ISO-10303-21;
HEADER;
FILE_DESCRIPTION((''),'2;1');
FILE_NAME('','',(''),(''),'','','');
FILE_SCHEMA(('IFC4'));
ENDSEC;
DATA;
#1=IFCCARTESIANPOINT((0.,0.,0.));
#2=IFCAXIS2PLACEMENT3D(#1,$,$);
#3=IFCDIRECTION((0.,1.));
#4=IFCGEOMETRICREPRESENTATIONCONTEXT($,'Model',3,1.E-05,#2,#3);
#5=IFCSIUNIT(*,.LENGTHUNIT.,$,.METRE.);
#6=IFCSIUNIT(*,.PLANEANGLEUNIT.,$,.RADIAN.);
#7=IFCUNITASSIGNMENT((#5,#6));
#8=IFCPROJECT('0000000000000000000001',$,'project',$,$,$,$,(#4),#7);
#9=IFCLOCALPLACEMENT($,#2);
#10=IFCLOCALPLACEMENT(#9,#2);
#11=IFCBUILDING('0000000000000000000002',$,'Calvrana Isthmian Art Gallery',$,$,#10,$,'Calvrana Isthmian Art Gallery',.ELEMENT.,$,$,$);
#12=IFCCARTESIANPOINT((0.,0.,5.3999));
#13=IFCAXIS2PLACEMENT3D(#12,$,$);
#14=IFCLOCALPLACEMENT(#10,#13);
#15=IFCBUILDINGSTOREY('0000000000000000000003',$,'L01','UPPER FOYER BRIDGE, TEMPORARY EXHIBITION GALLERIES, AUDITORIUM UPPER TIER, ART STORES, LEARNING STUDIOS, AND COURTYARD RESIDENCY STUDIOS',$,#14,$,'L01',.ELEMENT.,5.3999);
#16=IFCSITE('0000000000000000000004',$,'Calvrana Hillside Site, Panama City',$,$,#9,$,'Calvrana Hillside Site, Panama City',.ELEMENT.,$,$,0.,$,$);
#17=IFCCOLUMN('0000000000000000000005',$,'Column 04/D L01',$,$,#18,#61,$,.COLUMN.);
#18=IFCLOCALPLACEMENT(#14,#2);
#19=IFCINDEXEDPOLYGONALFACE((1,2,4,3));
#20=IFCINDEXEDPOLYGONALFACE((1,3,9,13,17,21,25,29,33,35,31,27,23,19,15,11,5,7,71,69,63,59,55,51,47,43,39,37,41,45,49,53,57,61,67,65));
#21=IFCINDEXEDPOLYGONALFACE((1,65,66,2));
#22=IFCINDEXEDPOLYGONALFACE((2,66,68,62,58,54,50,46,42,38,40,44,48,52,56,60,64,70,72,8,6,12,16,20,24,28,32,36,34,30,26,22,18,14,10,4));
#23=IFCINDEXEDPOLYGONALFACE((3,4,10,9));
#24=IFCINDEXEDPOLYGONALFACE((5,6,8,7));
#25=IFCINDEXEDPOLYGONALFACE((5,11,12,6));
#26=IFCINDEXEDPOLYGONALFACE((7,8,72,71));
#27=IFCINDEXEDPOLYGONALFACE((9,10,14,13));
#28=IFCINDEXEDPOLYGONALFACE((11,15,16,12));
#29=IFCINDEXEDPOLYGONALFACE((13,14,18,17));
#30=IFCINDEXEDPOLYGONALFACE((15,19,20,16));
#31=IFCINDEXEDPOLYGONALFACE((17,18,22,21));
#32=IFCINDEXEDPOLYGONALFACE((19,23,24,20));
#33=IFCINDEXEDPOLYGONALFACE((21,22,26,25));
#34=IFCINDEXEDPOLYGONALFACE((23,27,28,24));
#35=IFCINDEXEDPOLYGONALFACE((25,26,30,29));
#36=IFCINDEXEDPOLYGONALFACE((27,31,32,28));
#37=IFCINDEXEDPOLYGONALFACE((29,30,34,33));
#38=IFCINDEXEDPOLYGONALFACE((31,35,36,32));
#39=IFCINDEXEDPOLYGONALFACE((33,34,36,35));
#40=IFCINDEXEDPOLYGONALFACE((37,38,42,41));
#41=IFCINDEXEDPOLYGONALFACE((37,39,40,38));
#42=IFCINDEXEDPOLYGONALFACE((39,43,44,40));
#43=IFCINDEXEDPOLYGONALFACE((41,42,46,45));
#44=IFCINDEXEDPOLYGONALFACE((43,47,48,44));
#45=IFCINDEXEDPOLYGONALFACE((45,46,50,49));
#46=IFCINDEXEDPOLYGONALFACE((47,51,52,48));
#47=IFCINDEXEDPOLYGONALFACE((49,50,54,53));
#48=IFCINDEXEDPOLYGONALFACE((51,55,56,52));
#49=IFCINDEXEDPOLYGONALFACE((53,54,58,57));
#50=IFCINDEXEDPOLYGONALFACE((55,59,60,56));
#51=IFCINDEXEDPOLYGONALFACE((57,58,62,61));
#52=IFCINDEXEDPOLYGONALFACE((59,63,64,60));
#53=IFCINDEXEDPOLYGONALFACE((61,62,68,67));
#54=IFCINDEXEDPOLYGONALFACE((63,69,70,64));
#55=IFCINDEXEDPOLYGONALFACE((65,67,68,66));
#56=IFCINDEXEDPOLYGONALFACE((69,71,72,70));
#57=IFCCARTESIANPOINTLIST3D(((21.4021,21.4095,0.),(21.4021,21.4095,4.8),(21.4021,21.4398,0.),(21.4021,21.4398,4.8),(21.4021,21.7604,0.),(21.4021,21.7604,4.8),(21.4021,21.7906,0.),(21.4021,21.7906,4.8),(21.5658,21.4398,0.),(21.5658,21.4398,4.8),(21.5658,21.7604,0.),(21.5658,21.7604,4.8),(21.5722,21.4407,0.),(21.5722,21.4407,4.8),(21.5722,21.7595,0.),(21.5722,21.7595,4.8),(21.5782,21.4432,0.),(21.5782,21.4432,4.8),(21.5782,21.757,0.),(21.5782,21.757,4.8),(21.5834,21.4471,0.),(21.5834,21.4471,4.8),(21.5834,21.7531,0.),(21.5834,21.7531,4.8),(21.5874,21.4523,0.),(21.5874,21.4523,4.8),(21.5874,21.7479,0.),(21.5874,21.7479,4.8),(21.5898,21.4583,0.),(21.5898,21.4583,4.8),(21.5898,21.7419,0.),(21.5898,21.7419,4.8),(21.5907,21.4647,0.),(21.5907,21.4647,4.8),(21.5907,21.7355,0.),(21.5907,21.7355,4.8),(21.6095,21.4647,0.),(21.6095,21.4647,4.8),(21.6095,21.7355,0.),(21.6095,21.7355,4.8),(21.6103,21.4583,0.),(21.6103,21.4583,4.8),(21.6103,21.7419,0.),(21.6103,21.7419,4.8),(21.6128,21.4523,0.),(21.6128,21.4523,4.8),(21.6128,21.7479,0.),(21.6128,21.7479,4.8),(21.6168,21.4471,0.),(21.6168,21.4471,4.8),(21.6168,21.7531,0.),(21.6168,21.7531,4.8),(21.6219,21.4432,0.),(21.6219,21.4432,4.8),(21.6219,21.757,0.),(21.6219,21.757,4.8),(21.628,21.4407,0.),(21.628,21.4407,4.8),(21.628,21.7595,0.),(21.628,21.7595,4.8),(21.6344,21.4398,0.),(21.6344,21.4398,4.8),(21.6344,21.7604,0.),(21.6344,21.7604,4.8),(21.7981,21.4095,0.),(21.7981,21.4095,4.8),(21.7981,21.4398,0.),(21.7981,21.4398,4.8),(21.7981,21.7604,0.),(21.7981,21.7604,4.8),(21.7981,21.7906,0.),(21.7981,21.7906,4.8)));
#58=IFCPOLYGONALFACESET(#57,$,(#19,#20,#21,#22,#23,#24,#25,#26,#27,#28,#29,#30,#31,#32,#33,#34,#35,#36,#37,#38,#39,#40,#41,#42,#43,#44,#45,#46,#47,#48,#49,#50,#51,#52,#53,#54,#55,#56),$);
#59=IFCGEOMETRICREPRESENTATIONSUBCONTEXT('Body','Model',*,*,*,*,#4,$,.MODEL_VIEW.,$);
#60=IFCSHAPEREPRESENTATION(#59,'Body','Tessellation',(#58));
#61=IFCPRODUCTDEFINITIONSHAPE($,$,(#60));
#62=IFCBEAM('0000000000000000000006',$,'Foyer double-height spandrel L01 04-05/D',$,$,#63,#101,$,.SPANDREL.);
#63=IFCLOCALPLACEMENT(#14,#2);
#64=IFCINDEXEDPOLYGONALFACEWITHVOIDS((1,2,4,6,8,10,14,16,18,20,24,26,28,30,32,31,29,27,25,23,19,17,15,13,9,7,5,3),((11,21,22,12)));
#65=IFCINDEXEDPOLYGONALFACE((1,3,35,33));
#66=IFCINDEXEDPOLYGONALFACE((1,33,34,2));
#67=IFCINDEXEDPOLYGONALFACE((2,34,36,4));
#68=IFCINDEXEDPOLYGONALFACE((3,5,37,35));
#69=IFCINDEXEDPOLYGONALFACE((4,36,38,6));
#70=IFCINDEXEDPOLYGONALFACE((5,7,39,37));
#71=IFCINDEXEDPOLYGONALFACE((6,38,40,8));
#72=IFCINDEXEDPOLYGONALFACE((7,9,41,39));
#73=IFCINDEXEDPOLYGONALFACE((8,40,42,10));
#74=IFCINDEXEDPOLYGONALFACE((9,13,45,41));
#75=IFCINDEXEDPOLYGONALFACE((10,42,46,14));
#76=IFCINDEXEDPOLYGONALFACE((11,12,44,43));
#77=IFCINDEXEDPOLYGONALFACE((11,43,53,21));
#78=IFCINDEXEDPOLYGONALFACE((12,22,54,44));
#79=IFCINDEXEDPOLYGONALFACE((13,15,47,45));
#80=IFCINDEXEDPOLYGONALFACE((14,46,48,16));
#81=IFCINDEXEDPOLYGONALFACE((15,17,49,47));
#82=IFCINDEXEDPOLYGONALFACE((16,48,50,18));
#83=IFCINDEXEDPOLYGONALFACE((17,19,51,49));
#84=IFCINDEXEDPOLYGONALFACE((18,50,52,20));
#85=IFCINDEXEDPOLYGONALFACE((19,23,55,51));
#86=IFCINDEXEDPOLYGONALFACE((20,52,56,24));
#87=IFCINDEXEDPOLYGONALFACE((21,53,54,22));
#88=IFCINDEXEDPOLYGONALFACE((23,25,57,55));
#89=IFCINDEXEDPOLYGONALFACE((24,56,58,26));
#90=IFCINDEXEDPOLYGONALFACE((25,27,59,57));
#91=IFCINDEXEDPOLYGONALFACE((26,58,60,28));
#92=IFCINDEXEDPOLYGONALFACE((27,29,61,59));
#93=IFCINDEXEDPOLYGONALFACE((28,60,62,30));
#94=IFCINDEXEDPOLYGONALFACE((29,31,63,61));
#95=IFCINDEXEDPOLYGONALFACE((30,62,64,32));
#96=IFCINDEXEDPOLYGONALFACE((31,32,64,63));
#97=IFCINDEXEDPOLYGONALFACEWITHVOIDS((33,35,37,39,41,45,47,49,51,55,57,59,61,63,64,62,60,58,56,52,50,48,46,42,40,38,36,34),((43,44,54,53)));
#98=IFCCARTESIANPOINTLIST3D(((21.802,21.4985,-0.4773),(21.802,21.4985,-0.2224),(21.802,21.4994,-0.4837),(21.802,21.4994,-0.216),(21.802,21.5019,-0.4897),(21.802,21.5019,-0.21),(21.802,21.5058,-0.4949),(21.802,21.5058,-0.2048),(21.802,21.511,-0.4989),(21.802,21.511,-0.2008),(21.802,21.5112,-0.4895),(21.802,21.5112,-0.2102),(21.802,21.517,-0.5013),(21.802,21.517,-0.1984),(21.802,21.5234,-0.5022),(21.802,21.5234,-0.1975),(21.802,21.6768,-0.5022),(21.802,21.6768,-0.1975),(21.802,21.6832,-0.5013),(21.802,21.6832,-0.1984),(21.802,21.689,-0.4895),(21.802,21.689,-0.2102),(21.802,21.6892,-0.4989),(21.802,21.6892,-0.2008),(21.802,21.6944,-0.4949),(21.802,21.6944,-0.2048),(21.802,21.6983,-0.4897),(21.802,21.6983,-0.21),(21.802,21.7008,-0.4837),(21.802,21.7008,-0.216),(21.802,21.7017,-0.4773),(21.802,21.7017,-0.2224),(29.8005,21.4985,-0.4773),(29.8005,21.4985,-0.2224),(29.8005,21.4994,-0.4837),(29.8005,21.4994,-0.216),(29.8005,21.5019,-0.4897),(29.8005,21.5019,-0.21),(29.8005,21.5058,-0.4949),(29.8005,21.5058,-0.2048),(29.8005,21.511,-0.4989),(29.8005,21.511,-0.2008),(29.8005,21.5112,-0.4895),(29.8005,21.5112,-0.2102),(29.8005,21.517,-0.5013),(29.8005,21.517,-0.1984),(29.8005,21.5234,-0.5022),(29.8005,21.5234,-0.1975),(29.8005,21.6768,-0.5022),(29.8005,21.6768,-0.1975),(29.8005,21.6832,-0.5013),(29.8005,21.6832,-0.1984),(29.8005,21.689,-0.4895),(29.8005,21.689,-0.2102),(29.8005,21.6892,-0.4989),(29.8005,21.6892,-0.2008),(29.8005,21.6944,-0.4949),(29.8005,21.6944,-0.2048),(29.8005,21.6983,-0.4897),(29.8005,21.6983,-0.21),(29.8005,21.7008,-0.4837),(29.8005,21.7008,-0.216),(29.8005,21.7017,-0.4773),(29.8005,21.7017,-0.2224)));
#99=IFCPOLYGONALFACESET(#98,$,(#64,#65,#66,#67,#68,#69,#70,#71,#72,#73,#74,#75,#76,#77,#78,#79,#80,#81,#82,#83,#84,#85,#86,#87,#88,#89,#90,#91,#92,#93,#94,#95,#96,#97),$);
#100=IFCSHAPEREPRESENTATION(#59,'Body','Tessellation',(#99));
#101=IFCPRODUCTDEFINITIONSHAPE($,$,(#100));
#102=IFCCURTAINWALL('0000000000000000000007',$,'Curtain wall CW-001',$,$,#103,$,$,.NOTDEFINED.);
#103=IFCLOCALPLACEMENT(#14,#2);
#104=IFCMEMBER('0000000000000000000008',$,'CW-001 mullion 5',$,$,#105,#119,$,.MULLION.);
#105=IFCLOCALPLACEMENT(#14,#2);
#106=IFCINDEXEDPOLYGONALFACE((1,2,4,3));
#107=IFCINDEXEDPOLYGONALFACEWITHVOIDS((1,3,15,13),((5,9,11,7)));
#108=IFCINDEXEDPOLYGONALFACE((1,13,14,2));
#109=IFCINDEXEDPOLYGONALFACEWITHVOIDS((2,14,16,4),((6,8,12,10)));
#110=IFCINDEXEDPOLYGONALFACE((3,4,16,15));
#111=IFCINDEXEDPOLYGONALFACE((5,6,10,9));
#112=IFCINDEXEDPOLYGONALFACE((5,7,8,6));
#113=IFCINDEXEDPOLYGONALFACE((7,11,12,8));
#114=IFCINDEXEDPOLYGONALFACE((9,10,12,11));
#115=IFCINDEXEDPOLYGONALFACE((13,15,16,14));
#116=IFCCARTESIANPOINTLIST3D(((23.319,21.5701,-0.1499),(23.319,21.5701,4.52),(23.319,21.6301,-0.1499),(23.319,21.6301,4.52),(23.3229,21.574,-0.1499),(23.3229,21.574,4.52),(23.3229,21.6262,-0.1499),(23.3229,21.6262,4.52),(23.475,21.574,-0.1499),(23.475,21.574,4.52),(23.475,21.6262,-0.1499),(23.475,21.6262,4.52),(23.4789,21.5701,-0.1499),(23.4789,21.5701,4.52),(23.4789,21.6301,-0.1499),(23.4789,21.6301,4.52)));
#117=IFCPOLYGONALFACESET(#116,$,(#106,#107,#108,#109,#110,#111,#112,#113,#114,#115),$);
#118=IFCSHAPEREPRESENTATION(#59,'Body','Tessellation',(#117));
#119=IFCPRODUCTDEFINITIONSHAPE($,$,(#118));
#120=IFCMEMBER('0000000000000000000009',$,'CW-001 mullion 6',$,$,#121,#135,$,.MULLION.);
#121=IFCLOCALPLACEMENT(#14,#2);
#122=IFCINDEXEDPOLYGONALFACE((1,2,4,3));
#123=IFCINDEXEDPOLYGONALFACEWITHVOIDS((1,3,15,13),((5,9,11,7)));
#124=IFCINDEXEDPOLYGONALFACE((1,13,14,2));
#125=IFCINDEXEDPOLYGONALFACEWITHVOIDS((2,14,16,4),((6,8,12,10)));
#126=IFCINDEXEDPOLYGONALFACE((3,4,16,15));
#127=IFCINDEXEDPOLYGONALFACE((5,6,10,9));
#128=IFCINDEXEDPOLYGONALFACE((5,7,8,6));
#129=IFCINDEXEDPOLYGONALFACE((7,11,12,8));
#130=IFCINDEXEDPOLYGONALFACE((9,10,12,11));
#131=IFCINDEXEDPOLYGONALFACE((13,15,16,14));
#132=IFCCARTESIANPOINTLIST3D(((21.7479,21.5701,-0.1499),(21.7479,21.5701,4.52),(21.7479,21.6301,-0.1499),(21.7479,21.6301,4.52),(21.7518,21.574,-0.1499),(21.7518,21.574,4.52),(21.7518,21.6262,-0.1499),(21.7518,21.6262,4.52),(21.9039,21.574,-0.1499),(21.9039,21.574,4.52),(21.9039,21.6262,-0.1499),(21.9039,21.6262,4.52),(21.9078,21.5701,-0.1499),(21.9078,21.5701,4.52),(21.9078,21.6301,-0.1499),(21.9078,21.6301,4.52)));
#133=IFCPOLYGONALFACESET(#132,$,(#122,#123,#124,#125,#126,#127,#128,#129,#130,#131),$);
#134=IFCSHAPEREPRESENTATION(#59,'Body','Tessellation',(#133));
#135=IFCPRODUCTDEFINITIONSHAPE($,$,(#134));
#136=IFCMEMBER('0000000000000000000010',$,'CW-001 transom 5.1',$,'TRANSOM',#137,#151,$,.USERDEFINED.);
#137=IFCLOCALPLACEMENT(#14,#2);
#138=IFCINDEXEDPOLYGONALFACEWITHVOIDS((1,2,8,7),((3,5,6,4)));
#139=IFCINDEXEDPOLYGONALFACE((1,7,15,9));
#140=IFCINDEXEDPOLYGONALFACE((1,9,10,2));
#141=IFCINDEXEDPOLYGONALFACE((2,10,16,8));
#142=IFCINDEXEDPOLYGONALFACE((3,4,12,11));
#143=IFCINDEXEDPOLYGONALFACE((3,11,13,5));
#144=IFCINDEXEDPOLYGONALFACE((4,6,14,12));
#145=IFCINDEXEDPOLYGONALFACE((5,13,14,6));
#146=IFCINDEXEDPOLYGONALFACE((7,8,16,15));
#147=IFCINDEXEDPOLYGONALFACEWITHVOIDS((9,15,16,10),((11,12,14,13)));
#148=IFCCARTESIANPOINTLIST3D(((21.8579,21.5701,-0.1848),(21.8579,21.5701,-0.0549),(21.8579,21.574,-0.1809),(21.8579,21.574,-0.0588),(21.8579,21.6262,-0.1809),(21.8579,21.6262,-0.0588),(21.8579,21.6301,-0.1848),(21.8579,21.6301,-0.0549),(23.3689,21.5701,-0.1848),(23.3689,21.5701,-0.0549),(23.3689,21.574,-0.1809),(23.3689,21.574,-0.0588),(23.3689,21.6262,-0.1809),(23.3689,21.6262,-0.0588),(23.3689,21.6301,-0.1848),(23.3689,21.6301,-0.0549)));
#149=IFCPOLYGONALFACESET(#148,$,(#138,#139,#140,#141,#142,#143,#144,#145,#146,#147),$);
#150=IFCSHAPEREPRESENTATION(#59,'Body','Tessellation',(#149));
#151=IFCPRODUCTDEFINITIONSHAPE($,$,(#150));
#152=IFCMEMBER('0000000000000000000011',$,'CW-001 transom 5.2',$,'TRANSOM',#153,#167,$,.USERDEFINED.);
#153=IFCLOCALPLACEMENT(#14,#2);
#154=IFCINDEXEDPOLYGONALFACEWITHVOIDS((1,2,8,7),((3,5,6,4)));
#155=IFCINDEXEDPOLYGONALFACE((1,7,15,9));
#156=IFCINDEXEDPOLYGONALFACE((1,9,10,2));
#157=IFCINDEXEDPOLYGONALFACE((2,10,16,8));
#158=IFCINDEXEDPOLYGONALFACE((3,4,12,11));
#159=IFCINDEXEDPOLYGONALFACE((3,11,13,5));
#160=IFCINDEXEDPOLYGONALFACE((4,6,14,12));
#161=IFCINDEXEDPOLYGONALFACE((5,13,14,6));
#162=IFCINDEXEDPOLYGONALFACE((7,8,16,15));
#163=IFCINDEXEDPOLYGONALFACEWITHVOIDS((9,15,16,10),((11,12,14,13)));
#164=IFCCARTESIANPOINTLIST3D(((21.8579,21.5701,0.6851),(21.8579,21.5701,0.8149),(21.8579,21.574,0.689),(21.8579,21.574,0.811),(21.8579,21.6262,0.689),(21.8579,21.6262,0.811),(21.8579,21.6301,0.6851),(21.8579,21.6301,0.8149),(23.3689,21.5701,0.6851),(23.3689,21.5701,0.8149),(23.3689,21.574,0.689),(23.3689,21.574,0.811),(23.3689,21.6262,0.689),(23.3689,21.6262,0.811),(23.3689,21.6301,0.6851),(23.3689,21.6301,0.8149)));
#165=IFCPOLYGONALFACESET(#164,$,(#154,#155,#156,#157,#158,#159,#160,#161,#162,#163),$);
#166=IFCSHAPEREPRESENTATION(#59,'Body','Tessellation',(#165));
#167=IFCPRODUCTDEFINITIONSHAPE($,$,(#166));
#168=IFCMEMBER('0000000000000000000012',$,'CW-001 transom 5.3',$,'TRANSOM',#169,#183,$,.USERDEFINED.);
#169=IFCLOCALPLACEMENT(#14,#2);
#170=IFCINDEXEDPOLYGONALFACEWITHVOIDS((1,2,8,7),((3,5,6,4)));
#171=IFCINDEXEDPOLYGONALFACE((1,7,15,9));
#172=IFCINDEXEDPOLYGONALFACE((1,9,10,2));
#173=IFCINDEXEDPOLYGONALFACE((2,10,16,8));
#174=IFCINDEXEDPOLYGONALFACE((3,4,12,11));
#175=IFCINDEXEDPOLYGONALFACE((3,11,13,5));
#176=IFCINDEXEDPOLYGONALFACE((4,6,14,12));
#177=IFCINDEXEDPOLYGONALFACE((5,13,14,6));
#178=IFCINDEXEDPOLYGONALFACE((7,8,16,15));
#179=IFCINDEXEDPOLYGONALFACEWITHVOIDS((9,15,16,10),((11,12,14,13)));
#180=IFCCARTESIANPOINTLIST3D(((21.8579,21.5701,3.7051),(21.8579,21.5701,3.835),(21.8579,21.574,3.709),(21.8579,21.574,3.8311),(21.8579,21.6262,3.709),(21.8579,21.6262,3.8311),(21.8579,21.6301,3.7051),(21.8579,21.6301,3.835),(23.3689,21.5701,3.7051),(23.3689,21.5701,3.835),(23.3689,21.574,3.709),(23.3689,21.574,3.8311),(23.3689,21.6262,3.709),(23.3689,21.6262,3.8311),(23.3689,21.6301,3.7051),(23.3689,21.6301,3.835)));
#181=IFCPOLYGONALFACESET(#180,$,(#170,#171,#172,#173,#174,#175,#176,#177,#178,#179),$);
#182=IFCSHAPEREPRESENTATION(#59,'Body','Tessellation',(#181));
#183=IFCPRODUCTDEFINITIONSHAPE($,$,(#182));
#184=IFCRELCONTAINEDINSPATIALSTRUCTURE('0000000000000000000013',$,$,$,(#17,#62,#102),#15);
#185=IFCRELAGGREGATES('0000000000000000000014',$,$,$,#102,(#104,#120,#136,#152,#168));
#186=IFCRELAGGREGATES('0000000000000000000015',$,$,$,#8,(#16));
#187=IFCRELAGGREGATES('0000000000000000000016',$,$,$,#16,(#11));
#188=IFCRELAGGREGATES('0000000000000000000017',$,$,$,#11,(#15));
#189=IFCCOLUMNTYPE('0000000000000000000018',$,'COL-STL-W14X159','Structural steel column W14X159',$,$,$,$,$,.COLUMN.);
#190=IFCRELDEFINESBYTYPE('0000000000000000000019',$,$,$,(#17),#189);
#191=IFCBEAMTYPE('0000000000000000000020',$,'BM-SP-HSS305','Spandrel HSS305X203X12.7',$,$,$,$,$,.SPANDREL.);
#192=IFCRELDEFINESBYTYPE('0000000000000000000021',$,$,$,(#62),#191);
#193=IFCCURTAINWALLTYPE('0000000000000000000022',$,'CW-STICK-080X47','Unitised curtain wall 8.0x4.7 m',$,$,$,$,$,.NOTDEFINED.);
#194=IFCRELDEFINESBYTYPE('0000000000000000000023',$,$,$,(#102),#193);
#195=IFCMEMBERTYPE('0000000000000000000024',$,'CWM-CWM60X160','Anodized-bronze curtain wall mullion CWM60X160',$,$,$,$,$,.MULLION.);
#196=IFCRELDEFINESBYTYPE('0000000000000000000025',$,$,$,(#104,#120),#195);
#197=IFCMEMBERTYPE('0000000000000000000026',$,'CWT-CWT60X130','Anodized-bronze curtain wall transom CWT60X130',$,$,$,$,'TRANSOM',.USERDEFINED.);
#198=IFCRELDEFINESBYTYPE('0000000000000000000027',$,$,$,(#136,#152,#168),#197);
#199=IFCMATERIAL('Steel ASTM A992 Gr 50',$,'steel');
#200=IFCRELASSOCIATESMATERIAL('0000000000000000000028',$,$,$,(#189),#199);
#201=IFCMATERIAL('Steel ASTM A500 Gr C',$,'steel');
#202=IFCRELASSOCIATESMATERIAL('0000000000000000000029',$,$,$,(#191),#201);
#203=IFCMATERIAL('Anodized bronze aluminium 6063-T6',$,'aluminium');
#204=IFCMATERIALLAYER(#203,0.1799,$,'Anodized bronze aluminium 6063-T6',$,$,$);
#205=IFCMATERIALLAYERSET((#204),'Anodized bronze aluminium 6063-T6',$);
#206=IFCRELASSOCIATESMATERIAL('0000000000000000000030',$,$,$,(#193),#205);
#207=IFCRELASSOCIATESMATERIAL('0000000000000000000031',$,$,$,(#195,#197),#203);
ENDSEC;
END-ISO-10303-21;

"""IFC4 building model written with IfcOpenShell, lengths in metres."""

from ifc_helpers import new_model, si_unit, direction, frame, origin, origin_2d, place, context, subcontext, project, spatial, hollow_rectangle, i_section, extrude, material, layer, layer_set, material_profile, profile_set, type_object, element, aggregate, save


model = new_model("IFC4")

# Units and contexts
model_context = context("Model", 3, precision=1e-05, world=origin(), true_north=direction((0.0, 1.0)))
body_context = subcontext(model_context, "Body", "Model", "MODEL_VIEW")
ifc_project = project(units=[si_unit("LENGTHUNIT", "METRE"), si_unit("PLANEANGLEUNIT", "RADIAN")], contexts=[model_context])

# Site, building, storey
site_placement = place(None, origin())
site = spatial("IfcSite", under=ifc_project, at=site_placement, Name="Calvrana Hillside Site, Panama City", LongName="Calvrana Hillside Site, Panama City", CompositionType="ELEMENT", RefElevation=0.0)
building_placement = place(site_placement, origin())
building = spatial("IfcBuilding", under=site, at=building_placement, Name="Calvrana Isthmian Art Gallery", LongName="Calvrana Isthmian Art Gallery", CompositionType="ELEMENT")
storey_placement = place(building_placement, frame((0.0, 0.0, 5.3999)))
storey = spatial("IfcBuildingStorey", under=building, at=storey_placement, Name="L01", Description="UPPER FOYER BRIDGE, TEMPORARY EXHIBITION GALLERIES, AUDITORIUM UPPER TIER, ART STORES, LEARNING STUDIOS, AND COURTYARD RESIDENCY STUDIOS", LongName="L01", CompositionType="ELEMENT", Elevation=5.3999)

# Column
ifc_material_1 = material(Name="Steel ASTM A992 Gr 50", Category="steel")
ifc_material_profile_1 = material_profile(ifc_material_1, i_section(OverallWidth=0.396, OverallDepth=0.3811, WebThickness=0.0188, FlangeThickness=0.0303, FilletRadius=0.0249, at=origin_2d()), Name="W14X159")
ifc_profile_set_1 = profile_set([ifc_material_profile_1], Name="Steel ASTM A992 Gr 50")
column_type = type_object("IfcColumnType", Name="COL-STL-W14X159", Description="Structural steel column W14X159", PredefinedType="COLUMN", material=ifc_profile_set_1)
column_placement = place(storey_placement, frame((21.6001, 21.6001, 0.0), z_axis=(0.0, 0.0, 1.0), x_axis=(1.0, 0.0, 0.0)))
element("IfcColumn", 1, at=column_placement, inside=storey, type_object=column_type, Name="Column 04/D L01", PredefinedType="COLUMN", context=body_context, shape_type="SweptSolid", body=[
    extrude(i_section(OverallWidth=0.396, OverallDepth=0.3811, WebThickness=0.0188, FlangeThickness=0.0303, FilletRadius=0.0249, at=origin_2d()), origin(), (0.0, 0.0, 1.0), 4.8),
])

# Beam
ifc_material_2 = material(Name="Steel ASTM A500 Gr C", Category="steel")
ifc_material_profile_2 = material_profile(ifc_material_2, hollow_rectangle(XDim=0.2031, YDim=0.3047, WallThickness=0.0127, OuterFilletRadius=0.0249, at=origin_2d()), Name="HSS305X203X12.7")
ifc_profile_set_2 = profile_set([ifc_material_profile_2], Name="Steel ASTM A500 Gr C")
beam_type = type_object("IfcBeamType", Name="BM-SP-HSS305", Description="Spandrel HSS305X203X12.7", PredefinedType="SPANDREL", material=ifc_profile_set_2)
beam_placement = place(storey_placement, frame((21.802, 21.6001, -0.3499), z_axis=(1.0, 0.0, 0.0), x_axis=(0.0, 1.0, 0.0)))
element("IfcBeam", 2, at=beam_placement, inside=storey, type_object=beam_type, Name="Foyer double-height spandrel L01 04-05/D", PredefinedType="SPANDREL", context=body_context, shape_type="SweptSolid", body=[
    extrude(hollow_rectangle(XDim=0.2031, YDim=0.3047, WallThickness=0.0127, OuterFilletRadius=0.0249, at=origin_2d()), origin(), (0.0, 0.0, 1.0), 7.9985),
])

# Curtain wall, members
ifc_material_3 = material(Name="Anodized bronze aluminium 6063-T6", Category="aluminium")
ifc_layer_1 = layer(ifc_material_3, 0.1799, Name="Anodized bronze aluminium 6063-T6")
ifc_layer_set_1 = layer_set([ifc_layer_1], Name="Anodized bronze aluminium 6063-T6")
curtain_wall_type = type_object("IfcCurtainWallType", Name="CW-STICK-080X47", Description="Unitised curtain wall 8.0x4.7 m", PredefinedType="NOTDEFINED", material=ifc_layer_set_1)
curtain_wall_placement = place(storey_placement, origin())
curtain_wall = element("IfcCurtainWall", 3, at=curtain_wall_placement, inside=storey, type_object=curtain_wall_type, Name="Curtain wall CW-001", PredefinedType="NOTDEFINED")
ifc_material_profile_3 = material_profile(ifc_material_3, hollow_rectangle(XDim=0.0601, YDim=0.1599, WallThickness=0.0039, at=origin_2d()), Name="CWM60X160")
ifc_profile_set_3 = profile_set([ifc_material_profile_3], Name="Anodized bronze aluminium 6063-T6")
member_type_1 = type_object("IfcMemberType", Name="CWM-CWM60X160", Description="Anodized-bronze curtain wall mullion CWM60X160", PredefinedType="MULLION", material=ifc_profile_set_3)
member_1_placement = place(storey_placement, frame((23.3989, 21.6001, -0.1499), z_axis=(0.0, 0.0, 1.0), x_axis=(0.0, -1.0, 0.0)))
member_1 = element("IfcMember", 4, at=member_1_placement, type_object=member_type_1, Name="CW-001 mullion 5", PredefinedType="MULLION", context=body_context, shape_type="SweptSolid", body=[
    extrude(hollow_rectangle(XDim=0.0601, YDim=0.1599, WallThickness=0.0039, at=origin_2d()), origin(), (0.0, 0.0, 1.0), 4.6699),
])
member_2_placement = place(storey_placement, frame((21.8279, 21.6001, -0.1499), z_axis=(0.0, 0.0, 1.0), x_axis=(0.0, -1.0, 0.0)))
member_2 = element("IfcMember", 5, at=member_2_placement, type_object=member_type_1, Name="CW-001 mullion 6", PredefinedType="MULLION", context=body_context, shape_type="SweptSolid", body=[
    extrude(hollow_rectangle(XDim=0.0601, YDim=0.1599, WallThickness=0.0039, at=origin_2d()), origin(), (0.0, 0.0, 1.0), 4.6699),
])
ifc_material_profile_4 = material_profile(ifc_material_3, hollow_rectangle(XDim=0.0601, YDim=0.1299, WallThickness=0.0039, at=origin_2d()), Name="CWT60X130")
ifc_profile_set_4 = profile_set([ifc_material_profile_4], Name="Anodized bronze aluminium 6063-T6")
member_type_2 = type_object("IfcMemberType", Name="CWT-CWT60X130", Description="Anodized-bronze curtain wall transom CWT60X130", ElementType="TRANSOM", PredefinedType="USERDEFINED", material=ifc_profile_set_4)
member_3_placement = place(storey_placement, frame((23.3689, 21.6001, -0.1199), z_axis=(-1.0, 0.0, 0.0), x_axis=(0.0, -1.0, 0.0)))
member_3 = element("IfcMember", 6, at=member_3_placement, type_object=member_type_2, Name="CW-001 transom 5.1", ObjectType="TRANSOM", PredefinedType="USERDEFINED", context=body_context, shape_type="SweptSolid", body=[
    extrude(hollow_rectangle(XDim=0.0601, YDim=0.1299, WallThickness=0.0039, at=origin_2d()), origin(), (0.0, 0.0, 1.0), 1.511),
])
member_4_placement = place(storey_placement, frame((23.3689, 21.6001, 0.75), z_axis=(-1.0, 0.0, 0.0), x_axis=(0.0, -1.0, 0.0)))
member_4 = element("IfcMember", 7, at=member_4_placement, type_object=member_type_2, Name="CW-001 transom 5.2", ObjectType="TRANSOM", PredefinedType="USERDEFINED", context=body_context, shape_type="SweptSolid", body=[
    extrude(hollow_rectangle(XDim=0.0601, YDim=0.1299, WallThickness=0.0039, at=origin_2d()), origin(), (0.0, 0.0, 1.0), 1.511),
])
member_5_placement = place(storey_placement, frame((23.3689, 21.6001, 3.77), z_axis=(-1.0, 0.0, 0.0), x_axis=(0.0, -1.0, 0.0)))
member_5 = element("IfcMember", 8, at=member_5_placement, type_object=member_type_2, Name="CW-001 transom 5.3", ObjectType="TRANSOM", PredefinedType="USERDEFINED", context=body_context, shape_type="SweptSolid", body=[
    extrude(hollow_rectangle(XDim=0.0601, YDim=0.1299, WallThickness=0.0039, at=origin_2d()), origin(), (0.0, 0.0, 1.0), 1.511),
])
aggregate(curtain_wall, [member_1, member_2, member_3, member_4, member_5])

save(model, "model.ifc")
